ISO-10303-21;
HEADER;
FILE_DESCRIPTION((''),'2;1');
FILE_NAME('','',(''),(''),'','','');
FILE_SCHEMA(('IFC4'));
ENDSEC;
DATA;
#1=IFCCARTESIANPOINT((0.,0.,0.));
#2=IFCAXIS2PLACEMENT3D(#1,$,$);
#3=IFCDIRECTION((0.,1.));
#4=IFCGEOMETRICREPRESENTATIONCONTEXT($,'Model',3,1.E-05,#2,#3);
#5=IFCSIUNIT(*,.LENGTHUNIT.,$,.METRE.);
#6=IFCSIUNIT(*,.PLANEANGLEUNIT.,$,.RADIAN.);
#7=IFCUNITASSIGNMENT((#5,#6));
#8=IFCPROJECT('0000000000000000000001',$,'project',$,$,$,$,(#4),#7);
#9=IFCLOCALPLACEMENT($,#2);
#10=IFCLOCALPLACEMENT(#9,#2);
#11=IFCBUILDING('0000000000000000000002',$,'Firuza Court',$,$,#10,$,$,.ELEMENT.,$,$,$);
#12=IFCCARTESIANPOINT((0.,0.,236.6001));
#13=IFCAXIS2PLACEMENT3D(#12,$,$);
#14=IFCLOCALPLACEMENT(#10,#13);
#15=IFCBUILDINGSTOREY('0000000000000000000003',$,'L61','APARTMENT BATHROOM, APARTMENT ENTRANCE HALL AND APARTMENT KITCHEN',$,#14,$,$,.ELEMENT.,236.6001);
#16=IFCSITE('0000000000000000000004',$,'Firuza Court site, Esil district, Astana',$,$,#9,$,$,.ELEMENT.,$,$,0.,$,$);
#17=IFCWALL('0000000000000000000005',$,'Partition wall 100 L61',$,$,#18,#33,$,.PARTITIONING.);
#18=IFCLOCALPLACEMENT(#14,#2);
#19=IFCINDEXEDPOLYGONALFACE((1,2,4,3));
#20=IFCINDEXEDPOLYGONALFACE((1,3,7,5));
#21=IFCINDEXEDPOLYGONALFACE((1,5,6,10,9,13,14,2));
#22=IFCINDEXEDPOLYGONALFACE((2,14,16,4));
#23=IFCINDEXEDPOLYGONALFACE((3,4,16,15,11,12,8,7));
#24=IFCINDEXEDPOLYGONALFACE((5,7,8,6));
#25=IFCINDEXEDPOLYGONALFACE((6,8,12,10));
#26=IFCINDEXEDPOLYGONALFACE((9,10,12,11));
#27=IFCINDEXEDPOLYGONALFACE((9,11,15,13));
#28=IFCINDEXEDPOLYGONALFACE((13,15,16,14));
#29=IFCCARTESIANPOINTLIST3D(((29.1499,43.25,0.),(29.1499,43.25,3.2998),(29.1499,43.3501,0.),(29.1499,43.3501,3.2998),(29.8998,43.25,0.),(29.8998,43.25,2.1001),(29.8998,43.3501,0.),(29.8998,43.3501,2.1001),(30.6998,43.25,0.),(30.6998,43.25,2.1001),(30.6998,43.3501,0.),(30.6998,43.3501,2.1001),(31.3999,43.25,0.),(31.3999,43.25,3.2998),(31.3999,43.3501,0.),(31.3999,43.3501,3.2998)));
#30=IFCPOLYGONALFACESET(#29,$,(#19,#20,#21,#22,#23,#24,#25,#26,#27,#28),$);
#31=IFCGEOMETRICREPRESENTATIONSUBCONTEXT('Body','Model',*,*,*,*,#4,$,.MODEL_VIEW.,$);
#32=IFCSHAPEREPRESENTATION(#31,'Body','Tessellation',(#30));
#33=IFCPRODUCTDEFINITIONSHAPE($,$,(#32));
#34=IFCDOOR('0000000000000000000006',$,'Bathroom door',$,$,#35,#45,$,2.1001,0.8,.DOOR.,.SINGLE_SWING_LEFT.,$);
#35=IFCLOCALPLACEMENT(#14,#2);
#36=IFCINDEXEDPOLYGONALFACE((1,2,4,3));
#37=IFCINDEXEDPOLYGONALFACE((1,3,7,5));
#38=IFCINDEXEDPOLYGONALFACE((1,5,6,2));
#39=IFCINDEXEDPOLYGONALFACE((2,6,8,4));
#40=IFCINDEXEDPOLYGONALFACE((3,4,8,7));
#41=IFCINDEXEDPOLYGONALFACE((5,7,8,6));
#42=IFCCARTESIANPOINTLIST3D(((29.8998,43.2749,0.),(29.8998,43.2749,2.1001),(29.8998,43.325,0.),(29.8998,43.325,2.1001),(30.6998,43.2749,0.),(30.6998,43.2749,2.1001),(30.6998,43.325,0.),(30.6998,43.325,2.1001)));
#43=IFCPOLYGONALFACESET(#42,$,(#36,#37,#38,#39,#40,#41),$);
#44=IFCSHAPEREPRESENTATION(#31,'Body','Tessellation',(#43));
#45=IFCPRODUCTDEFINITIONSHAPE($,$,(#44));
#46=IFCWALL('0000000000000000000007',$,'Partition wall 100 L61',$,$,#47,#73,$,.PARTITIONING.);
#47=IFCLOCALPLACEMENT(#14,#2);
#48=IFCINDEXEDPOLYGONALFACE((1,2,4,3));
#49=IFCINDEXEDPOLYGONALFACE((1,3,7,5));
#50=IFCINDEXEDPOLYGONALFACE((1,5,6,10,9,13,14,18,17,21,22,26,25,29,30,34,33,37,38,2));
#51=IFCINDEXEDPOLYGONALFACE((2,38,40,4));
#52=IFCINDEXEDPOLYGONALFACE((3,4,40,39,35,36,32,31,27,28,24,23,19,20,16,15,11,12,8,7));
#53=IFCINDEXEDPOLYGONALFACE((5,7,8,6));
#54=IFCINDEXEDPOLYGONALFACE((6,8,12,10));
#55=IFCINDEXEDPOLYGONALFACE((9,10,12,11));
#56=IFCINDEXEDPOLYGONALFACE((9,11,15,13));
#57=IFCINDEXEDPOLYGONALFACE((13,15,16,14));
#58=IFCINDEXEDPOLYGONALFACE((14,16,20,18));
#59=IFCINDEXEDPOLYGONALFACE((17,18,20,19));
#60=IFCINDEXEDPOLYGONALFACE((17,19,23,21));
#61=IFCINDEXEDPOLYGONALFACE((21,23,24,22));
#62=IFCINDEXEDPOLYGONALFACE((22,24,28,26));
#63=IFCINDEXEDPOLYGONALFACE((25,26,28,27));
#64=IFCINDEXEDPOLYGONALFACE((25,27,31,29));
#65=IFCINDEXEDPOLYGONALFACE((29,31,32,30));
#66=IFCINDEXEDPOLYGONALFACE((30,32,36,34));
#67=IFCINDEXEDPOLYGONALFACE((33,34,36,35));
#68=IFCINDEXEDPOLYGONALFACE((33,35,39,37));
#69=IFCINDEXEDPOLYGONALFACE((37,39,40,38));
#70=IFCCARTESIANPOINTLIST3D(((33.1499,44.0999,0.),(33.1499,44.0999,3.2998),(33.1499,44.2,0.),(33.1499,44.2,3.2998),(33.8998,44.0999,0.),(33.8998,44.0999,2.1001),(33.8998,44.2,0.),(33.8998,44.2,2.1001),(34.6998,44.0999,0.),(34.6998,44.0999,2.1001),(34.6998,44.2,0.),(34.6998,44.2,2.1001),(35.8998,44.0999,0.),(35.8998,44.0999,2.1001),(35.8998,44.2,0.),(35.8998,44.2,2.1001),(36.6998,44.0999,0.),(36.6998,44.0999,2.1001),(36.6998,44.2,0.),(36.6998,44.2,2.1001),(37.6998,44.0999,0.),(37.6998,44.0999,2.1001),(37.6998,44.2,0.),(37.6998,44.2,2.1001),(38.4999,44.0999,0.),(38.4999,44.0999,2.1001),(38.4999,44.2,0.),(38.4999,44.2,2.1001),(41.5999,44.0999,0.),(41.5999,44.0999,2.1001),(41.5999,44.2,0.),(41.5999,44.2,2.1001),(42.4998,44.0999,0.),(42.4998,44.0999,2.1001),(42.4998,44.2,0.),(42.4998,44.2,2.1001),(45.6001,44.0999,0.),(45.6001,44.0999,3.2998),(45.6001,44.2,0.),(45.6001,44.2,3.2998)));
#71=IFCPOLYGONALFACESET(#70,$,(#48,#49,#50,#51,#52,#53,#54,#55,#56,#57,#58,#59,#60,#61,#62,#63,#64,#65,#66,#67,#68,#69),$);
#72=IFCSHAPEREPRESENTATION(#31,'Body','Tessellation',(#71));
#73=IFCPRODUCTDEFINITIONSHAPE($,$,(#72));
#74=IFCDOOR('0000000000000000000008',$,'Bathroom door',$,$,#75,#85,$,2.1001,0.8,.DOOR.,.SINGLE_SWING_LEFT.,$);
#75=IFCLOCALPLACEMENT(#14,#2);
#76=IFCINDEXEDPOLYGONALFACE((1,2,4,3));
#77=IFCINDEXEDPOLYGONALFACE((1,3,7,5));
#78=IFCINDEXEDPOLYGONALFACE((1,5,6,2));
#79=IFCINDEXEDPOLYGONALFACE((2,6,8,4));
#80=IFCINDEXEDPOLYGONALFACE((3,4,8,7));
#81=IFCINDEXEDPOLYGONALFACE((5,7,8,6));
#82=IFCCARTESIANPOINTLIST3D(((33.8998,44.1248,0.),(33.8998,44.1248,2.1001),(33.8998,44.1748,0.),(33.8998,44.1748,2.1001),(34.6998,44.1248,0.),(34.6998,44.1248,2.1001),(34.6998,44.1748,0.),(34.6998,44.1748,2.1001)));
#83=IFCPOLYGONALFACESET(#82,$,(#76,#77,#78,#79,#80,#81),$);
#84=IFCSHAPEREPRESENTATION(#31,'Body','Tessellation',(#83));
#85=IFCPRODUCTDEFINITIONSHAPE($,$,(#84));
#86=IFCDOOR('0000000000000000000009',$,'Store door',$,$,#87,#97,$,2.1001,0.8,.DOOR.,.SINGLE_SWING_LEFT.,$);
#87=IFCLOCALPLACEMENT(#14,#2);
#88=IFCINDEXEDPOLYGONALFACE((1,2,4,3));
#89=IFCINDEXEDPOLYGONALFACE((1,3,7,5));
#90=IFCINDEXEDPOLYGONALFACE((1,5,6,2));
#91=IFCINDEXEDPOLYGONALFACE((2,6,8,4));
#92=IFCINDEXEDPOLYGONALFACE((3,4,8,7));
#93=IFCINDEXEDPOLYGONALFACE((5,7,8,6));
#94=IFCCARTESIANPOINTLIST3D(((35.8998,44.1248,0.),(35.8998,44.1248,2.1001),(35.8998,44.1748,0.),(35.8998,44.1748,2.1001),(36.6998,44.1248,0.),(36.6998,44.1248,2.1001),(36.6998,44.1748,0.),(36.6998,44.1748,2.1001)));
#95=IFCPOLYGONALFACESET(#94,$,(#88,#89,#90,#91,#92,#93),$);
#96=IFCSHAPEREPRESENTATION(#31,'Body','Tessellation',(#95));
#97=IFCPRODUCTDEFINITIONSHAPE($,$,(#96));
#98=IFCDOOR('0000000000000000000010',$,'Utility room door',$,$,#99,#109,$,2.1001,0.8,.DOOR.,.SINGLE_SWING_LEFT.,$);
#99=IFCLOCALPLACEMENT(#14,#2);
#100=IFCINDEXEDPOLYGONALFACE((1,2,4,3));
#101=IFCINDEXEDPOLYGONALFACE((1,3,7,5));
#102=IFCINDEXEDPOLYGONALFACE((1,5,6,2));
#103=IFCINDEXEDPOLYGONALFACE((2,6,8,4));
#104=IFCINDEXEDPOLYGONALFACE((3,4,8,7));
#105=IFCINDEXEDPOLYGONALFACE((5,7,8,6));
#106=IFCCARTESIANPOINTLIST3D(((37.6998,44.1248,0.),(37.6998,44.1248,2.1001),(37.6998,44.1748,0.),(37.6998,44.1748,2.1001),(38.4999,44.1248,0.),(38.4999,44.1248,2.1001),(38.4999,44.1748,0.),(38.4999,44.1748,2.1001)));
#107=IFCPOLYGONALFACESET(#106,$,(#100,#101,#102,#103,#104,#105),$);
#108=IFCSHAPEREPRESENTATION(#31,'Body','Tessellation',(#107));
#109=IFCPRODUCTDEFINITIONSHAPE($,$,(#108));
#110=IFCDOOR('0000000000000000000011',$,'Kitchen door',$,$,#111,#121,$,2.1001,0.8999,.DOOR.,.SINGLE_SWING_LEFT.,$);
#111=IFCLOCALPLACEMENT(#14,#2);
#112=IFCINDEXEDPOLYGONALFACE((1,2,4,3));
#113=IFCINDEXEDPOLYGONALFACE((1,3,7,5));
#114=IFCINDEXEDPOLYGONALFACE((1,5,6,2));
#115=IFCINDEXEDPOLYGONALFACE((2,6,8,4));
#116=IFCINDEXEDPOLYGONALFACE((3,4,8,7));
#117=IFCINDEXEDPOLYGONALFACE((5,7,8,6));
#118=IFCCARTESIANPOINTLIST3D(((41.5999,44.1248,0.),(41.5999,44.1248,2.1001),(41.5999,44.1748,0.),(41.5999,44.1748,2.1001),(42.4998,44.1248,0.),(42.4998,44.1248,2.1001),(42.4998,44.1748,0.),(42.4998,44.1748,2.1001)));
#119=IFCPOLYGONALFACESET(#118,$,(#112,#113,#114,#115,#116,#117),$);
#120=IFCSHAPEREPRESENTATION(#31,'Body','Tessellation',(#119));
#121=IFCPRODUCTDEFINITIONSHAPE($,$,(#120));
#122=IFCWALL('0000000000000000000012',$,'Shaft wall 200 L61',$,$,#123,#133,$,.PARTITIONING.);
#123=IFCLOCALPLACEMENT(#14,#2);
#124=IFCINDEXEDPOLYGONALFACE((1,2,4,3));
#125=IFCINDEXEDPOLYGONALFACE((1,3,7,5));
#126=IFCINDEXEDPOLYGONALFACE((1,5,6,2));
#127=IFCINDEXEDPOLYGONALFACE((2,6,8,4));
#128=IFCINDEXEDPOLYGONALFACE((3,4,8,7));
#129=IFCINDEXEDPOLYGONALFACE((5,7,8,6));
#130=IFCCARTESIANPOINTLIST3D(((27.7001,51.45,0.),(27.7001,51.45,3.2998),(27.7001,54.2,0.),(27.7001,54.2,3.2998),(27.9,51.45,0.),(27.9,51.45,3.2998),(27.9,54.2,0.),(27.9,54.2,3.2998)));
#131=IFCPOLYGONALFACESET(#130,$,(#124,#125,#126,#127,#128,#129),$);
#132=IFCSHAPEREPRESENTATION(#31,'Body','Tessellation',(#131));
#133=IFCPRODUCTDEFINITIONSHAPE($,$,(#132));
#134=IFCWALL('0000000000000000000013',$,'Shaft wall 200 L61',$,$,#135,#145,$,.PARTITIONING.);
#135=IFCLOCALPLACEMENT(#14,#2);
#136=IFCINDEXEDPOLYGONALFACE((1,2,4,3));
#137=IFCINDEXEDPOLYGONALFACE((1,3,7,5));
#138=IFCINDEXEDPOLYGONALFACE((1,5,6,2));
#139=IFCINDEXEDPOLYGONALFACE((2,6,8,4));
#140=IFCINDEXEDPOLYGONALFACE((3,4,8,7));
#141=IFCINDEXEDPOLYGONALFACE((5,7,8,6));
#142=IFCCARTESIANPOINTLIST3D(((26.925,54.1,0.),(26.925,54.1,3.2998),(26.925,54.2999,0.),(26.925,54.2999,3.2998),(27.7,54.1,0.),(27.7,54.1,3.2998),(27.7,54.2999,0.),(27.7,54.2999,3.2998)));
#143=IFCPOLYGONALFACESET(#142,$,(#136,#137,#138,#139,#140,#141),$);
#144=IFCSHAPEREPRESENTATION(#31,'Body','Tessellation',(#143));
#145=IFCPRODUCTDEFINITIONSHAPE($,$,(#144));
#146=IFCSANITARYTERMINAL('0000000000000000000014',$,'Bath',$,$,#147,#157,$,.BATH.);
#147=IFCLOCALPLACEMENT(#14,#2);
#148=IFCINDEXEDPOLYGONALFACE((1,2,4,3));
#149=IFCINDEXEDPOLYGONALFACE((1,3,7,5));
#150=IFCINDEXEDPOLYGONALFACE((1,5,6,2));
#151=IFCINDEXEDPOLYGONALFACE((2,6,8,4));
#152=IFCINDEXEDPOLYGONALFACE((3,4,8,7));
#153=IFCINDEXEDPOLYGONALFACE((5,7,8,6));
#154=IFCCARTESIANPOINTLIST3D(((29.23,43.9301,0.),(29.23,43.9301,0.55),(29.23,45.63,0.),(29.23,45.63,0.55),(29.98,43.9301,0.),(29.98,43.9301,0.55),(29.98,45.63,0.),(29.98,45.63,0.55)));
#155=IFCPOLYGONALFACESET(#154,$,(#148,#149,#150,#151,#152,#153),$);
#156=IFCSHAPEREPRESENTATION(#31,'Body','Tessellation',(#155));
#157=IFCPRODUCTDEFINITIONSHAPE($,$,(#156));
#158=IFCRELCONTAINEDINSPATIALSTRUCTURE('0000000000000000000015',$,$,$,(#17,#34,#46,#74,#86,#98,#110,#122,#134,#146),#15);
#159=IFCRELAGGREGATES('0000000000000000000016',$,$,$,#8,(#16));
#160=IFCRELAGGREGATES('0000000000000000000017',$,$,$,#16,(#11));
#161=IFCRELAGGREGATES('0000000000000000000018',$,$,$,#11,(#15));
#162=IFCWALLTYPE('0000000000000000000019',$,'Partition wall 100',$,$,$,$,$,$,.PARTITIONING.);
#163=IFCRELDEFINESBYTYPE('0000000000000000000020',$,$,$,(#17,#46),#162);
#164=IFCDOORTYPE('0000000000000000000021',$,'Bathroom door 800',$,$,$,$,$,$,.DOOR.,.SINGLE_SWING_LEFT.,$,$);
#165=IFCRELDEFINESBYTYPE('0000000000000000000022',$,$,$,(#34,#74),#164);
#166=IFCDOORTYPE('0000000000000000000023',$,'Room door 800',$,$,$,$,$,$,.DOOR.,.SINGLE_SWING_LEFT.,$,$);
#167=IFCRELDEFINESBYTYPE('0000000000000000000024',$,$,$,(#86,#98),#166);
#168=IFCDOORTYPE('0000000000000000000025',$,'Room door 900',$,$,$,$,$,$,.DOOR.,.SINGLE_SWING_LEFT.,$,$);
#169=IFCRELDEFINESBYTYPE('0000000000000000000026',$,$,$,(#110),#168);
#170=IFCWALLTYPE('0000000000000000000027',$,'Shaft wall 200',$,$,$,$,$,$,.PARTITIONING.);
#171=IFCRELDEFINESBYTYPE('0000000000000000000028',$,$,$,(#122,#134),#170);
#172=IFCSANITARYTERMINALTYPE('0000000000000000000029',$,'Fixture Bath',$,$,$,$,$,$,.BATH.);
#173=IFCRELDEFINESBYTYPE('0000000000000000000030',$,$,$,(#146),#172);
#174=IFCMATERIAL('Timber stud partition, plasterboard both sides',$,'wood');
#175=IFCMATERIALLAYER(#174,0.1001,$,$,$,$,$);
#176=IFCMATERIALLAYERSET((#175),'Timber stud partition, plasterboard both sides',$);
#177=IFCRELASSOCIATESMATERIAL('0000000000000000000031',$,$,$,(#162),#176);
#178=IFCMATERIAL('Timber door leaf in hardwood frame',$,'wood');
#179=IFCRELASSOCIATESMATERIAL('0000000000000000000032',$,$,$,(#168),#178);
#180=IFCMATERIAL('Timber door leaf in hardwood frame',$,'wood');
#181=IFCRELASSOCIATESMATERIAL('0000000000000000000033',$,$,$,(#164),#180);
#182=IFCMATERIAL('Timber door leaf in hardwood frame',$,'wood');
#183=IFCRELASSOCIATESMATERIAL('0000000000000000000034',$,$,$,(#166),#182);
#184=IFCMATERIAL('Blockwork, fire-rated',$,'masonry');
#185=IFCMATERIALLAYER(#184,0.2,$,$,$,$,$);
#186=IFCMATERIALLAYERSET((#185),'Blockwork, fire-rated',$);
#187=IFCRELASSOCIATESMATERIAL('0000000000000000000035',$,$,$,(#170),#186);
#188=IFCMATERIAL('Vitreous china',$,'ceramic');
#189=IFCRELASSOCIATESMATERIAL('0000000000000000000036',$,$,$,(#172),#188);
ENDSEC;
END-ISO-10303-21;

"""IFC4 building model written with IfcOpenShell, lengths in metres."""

from ifc_helpers import new_model, si_unit, direction, frame, frame_2d, origin, origin_2d, place, context, subcontext, project, spatial, rectangle, extrude, material, layer, layer_set, type_object, element, fill, save


model = new_model("IFC4")

# Units and contexts
model_context = context("Model", 3, precision=1e-05, world=origin(), true_north=direction((0.0, 1.0)))
body_context = subcontext(model_context, "Body", "Model", "MODEL_VIEW")
ifc_project = project(units=[si_unit("LENGTHUNIT", "METRE"), si_unit("PLANEANGLEUNIT", "RADIAN")], contexts=[model_context])

# Site, building, storey
site_placement = place(None, origin())
site = spatial("IfcSite", under=ifc_project, at=site_placement, Name="Firuza Court site, Esil district, Astana", CompositionType="ELEMENT", RefElevation=0.0)
building_placement = place(site_placement, origin())
building = spatial("IfcBuilding", under=site, at=building_placement, Name="Firuza Court", CompositionType="ELEMENT")
storey_placement = place(building_placement, frame((0.0, 0.0, 236.6001)))
storey = spatial("IfcBuildingStorey", under=building, at=storey_placement, Name="L61", Description="APARTMENT BATHROOM, APARTMENT ENTRANCE HALL AND APARTMENT KITCHEN", CompositionType="ELEMENT", Elevation=236.6001)

# Shared definitions
ifc_material_1 = material(Name="Timber stud partition, plasterboard both sides", Category="wood")
ifc_layer_1 = layer(ifc_material_1, 0.1001)
ifc_layer_set_1 = layer_set([ifc_layer_1], Name="Timber stud partition, plasterboard both sides")
wall_type_1 = type_object("IfcWallType", Name="Partition wall 100", PredefinedType="PARTITIONING", material=ifc_layer_set_1)
ifc_material_2 = material(Name="Timber door leaf in hardwood frame", Category="wood")
door_type_1 = type_object("IfcDoorType", Name="Room door 900", OperationType="SINGLE_SWING_LEFT", PredefinedType="DOOR", material=ifc_material_2)

# Wall, opening, door
wall_1_placement = place(storey_placement, frame((29.1499, 43.3, 0.0), z_axis=(0.0, 0.0, 1.0), x_axis=(1.0, 0.0, 0.0)))
wall_1 = element("IfcWall", 1, at=wall_1_placement, inside=storey, type_object=wall_type_1, Name="Partition wall 100 L61", PredefinedType="PARTITIONING", context=body_context, shape_type="SweptSolid", body=[
    extrude(rectangle(XDim=2.25, YDim=0.1001, at=frame_2d((1.125, 0.0))), origin(), (0.0, 0.0, 1.0), 3.2998),
])
opening_1_placement = place(wall_1_placement, frame((0.75, 0.0, 0.0)))
opening_1 = element("IfcOpeningElement", 2, at=opening_1_placement, cuts=wall_1, PredefinedType="OPENING", context=body_context, shape_type="SweptSolid", body=[
    extrude(rectangle(XDim=0.8, YDim=2.1001, at=frame_2d((0.3999, 1.05))), frame((0.0, 0.062, 0.0), z_axis=(0.0, -1.0, 0.0), x_axis=(1.0, 0.0, 0.0)), (0.0, 0.0, 1.0), 0.124),
])
ifc_material_3 = material(Name="Timber door leaf in hardwood frame", Category="wood")
door_type_2 = type_object("IfcDoorType", Name="Bathroom door 800", OperationType="SINGLE_SWING_LEFT", PredefinedType="DOOR", material=ifc_material_3)
door_1_placement = place(opening_1_placement, origin())
door_1 = element("IfcDoor", 3, at=door_1_placement, inside=storey, type_object=door_type_2, Name="Bathroom door", OperationType="SINGLE_SWING_LEFT", OverallHeight=2.1001, OverallWidth=0.8, PredefinedType="DOOR", context=body_context, shape_type="SweptSolid", body=[
    extrude(rectangle(XDim=0.8, YDim=2.1001, at=frame_2d((0.3999, 1.05))), frame((0.0, 0.0249, 0.0), z_axis=(0.0, -1.0, 0.0), x_axis=(1.0, 0.0, 0.0)), (0.0, 0.0, 1.0), 0.05),
])
fill(opening_1, door_1)

# Wall, openings, doors
wall_2_placement = place(storey_placement, frame((33.1499, 44.1499, 0.0), z_axis=(0.0, 0.0, 1.0), x_axis=(1.0, 0.0, 0.0)))
wall_2 = element("IfcWall", 4, at=wall_2_placement, inside=storey, type_object=wall_type_1, Name="Partition wall 100 L61", PredefinedType="PARTITIONING", context=body_context, shape_type="SweptSolid", body=[
    extrude(rectangle(XDim=12.4502, YDim=0.1001, at=frame_2d((6.2251, 0.0))), origin(), (0.0, 0.0, 1.0), 3.2998),
])
opening_2_placement = place(wall_2_placement, frame((0.75, 0.0, 0.0)))
opening_2 = element("IfcOpeningElement", 5, at=opening_2_placement, cuts=wall_2, PredefinedType="OPENING", context=body_context, shape_type="SweptSolid", body=[
    extrude(rectangle(XDim=0.8, YDim=2.1001, at=frame_2d((0.3999, 1.05))), frame((0.0, 0.062, 0.0), z_axis=(0.0, -1.0, 0.0), x_axis=(1.0, 0.0, 0.0)), (0.0, 0.0, 1.0), 0.124),
])
opening_3_placement = place(wall_2_placement, frame((8.45, 0.0, 0.0)))
opening_3 = element("IfcOpeningElement", 6, at=opening_3_placement, cuts=wall_2, PredefinedType="OPENING", context=body_context, shape_type="SweptSolid", body=[
    extrude(rectangle(XDim=0.8999, YDim=2.1001, at=frame_2d((0.45, 1.05))), frame((0.0, 0.062, 0.0), z_axis=(0.0, -1.0, 0.0), x_axis=(1.0, 0.0, 0.0)), (0.0, 0.0, 1.0), 0.124),
])
opening_4_placement = place(wall_2_placement, frame((2.75, 0.0, 0.0)))
opening_4 = element("IfcOpeningElement", 7, at=opening_4_placement, cuts=wall_2, PredefinedType="OPENING", context=body_context, shape_type="SweptSolid", body=[
    extrude(rectangle(XDim=0.8, YDim=2.1001, at=frame_2d((0.3999, 1.05))), frame((0.0, 0.062, 0.0), z_axis=(0.0, -1.0, 0.0), x_axis=(1.0, 0.0, 0.0)), (0.0, 0.0, 1.0), 0.124),
])
opening_5_placement = place(wall_2_placement, frame((4.55, 0.0, 0.0)))
opening_5 = element("IfcOpeningElement", 8, at=opening_5_placement, cuts=wall_2, PredefinedType="OPENING", context=body_context, shape_type="SweptSolid", body=[
    extrude(rectangle(XDim=0.8, YDim=2.1001, at=frame_2d((0.3999, 1.05))), frame((0.0, 0.062, 0.0), z_axis=(0.0, -1.0, 0.0), x_axis=(1.0, 0.0, 0.0)), (0.0, 0.0, 1.0), 0.124),
])
door_2_placement = place(opening_2_placement, origin())
door_2 = element("IfcDoor", 9, at=door_2_placement, inside=storey, type_object=door_type_2, Name="Bathroom door", OperationType="SINGLE_SWING_LEFT", OverallHeight=2.1001, OverallWidth=0.8, PredefinedType="DOOR", context=body_context, shape_type="SweptSolid", body=[
    extrude(rectangle(XDim=0.8, YDim=2.1001, at=frame_2d((0.3999, 1.05))), frame((0.0, 0.0249, 0.0), z_axis=(0.0, -1.0, 0.0), x_axis=(1.0, 0.0, 0.0)), (0.0, 0.0, 1.0), 0.05),
])
fill(opening_2, door_2)
ifc_material_4 = material(Name="Timber door leaf in hardwood frame", Category="wood")
door_type_3 = type_object("IfcDoorType", Name="Room door 800", OperationType="SINGLE_SWING_LEFT", PredefinedType="DOOR", material=ifc_material_4)
door_3_placement = place(opening_4_placement, origin())
door_3 = element("IfcDoor", 10, at=door_3_placement, inside=storey, type_object=door_type_3, Name="Store door", OperationType="SINGLE_SWING_LEFT", OverallHeight=2.1001, OverallWidth=0.8, PredefinedType="DOOR", context=body_context, shape_type="SweptSolid", body=[
    extrude(rectangle(XDim=0.8, YDim=2.1001, at=frame_2d((0.3999, 1.05))), frame((0.0, 0.0249, 0.0), z_axis=(0.0, -1.0, 0.0), x_axis=(1.0, 0.0, 0.0)), (0.0, 0.0, 1.0), 0.05),
])
fill(opening_4, door_3)
door_4_placement = place(opening_5_placement, origin())
door_4 = element("IfcDoor", 11, at=door_4_placement, inside=storey, type_object=door_type_3, Name="Utility room door", OperationType="SINGLE_SWING_LEFT", OverallHeight=2.1001, OverallWidth=0.8, PredefinedType="DOOR", context=body_context, shape_type="SweptSolid", body=[
    extrude(rectangle(XDim=0.8, YDim=2.1001, at=frame_2d((0.3999, 1.05))), frame((0.0, 0.0249, 0.0), z_axis=(0.0, -1.0, 0.0), x_axis=(1.0, 0.0, 0.0)), (0.0, 0.0, 1.0), 0.05),
])
fill(opening_5, door_4)
door_5_placement = place(opening_3_placement, origin())
door_5 = element("IfcDoor", 12, at=door_5_placement, inside=storey, type_object=door_type_1, Name="Kitchen door", OperationType="SINGLE_SWING_LEFT", OverallHeight=2.1001, OverallWidth=0.8999, PredefinedType="DOOR", context=body_context, shape_type="SweptSolid", body=[
    extrude(rectangle(XDim=0.8999, YDim=2.1001, at=frame_2d((0.45, 1.05))), frame((0.0, 0.0249, 0.0), z_axis=(0.0, -1.0, 0.0), x_axis=(1.0, 0.0, 0.0)), (0.0, 0.0, 1.0), 0.05),
])
fill(opening_3, door_5)

# Walls
ifc_material_5 = material(Name="Blockwork, fire-rated", Category="masonry")
ifc_layer_2 = layer(ifc_material_5, 0.2)
ifc_layer_set_2 = layer_set([ifc_layer_2], Name="Blockwork, fire-rated")
wall_type_2 = type_object("IfcWallType", Name="Shaft wall 200", PredefinedType="PARTITIONING", material=ifc_layer_set_2)
wall_3_placement = place(storey_placement, frame((27.8, 51.45, 0.0), z_axis=(0.0, 0.0, 1.0), x_axis=(0.0, 1.0, 0.0)))
element("IfcWall", 13, at=wall_3_placement, inside=storey, type_object=wall_type_2, Name="Shaft wall 200 L61", PredefinedType="PARTITIONING", context=body_context, shape_type="SweptSolid", body=[
    extrude(rectangle(XDim=2.75, YDim=0.2, at=frame_2d((1.375, 0.0))), origin(), (0.0, 0.0, 1.0), 3.2998),
])
wall_4_placement = place(storey_placement, frame((26.925, 54.2, 0.0), z_axis=(0.0, 0.0, 1.0), x_axis=(1.0, 0.0, 0.0)))
element("IfcWall", 14, at=wall_4_placement, inside=storey, type_object=wall_type_2, Name="Shaft wall 200 L61", PredefinedType="PARTITIONING", context=body_context, shape_type="SweptSolid", body=[
    extrude(rectangle(XDim=0.7749, YDim=0.2, at=frame_2d((0.3875, 0.0))), origin(), (0.0, 0.0, 1.0), 3.2998),
])

# Sanitary terminal
ifc_material_6 = material(Name="Vitreous china", Category="ceramic")
sanitary_terminal_type_1 = type_object("IfcSanitaryTerminalType", Name="Fixture Bath", PredefinedType="BATH", material=ifc_material_6)
sanitary_terminal_placement = place(storey_placement, frame((29.605, 44.78, 0.0), z_axis=(0.0, 0.0, 1.0), x_axis=(1.0, 0.0, 0.0)))
element("IfcSanitaryTerminal", 15, at=sanitary_terminal_placement, inside=storey, type_object=sanitary_terminal_type_1, Name="Bath", PredefinedType="BATH", context=body_context, shape_type="SweptSolid", body=[
    extrude(rectangle(XDim=0.75, YDim=1.7, at=origin_2d()), origin(), (0.0, 0.0, 1.0), 0.55),
])

save(model, "model.ifc")
